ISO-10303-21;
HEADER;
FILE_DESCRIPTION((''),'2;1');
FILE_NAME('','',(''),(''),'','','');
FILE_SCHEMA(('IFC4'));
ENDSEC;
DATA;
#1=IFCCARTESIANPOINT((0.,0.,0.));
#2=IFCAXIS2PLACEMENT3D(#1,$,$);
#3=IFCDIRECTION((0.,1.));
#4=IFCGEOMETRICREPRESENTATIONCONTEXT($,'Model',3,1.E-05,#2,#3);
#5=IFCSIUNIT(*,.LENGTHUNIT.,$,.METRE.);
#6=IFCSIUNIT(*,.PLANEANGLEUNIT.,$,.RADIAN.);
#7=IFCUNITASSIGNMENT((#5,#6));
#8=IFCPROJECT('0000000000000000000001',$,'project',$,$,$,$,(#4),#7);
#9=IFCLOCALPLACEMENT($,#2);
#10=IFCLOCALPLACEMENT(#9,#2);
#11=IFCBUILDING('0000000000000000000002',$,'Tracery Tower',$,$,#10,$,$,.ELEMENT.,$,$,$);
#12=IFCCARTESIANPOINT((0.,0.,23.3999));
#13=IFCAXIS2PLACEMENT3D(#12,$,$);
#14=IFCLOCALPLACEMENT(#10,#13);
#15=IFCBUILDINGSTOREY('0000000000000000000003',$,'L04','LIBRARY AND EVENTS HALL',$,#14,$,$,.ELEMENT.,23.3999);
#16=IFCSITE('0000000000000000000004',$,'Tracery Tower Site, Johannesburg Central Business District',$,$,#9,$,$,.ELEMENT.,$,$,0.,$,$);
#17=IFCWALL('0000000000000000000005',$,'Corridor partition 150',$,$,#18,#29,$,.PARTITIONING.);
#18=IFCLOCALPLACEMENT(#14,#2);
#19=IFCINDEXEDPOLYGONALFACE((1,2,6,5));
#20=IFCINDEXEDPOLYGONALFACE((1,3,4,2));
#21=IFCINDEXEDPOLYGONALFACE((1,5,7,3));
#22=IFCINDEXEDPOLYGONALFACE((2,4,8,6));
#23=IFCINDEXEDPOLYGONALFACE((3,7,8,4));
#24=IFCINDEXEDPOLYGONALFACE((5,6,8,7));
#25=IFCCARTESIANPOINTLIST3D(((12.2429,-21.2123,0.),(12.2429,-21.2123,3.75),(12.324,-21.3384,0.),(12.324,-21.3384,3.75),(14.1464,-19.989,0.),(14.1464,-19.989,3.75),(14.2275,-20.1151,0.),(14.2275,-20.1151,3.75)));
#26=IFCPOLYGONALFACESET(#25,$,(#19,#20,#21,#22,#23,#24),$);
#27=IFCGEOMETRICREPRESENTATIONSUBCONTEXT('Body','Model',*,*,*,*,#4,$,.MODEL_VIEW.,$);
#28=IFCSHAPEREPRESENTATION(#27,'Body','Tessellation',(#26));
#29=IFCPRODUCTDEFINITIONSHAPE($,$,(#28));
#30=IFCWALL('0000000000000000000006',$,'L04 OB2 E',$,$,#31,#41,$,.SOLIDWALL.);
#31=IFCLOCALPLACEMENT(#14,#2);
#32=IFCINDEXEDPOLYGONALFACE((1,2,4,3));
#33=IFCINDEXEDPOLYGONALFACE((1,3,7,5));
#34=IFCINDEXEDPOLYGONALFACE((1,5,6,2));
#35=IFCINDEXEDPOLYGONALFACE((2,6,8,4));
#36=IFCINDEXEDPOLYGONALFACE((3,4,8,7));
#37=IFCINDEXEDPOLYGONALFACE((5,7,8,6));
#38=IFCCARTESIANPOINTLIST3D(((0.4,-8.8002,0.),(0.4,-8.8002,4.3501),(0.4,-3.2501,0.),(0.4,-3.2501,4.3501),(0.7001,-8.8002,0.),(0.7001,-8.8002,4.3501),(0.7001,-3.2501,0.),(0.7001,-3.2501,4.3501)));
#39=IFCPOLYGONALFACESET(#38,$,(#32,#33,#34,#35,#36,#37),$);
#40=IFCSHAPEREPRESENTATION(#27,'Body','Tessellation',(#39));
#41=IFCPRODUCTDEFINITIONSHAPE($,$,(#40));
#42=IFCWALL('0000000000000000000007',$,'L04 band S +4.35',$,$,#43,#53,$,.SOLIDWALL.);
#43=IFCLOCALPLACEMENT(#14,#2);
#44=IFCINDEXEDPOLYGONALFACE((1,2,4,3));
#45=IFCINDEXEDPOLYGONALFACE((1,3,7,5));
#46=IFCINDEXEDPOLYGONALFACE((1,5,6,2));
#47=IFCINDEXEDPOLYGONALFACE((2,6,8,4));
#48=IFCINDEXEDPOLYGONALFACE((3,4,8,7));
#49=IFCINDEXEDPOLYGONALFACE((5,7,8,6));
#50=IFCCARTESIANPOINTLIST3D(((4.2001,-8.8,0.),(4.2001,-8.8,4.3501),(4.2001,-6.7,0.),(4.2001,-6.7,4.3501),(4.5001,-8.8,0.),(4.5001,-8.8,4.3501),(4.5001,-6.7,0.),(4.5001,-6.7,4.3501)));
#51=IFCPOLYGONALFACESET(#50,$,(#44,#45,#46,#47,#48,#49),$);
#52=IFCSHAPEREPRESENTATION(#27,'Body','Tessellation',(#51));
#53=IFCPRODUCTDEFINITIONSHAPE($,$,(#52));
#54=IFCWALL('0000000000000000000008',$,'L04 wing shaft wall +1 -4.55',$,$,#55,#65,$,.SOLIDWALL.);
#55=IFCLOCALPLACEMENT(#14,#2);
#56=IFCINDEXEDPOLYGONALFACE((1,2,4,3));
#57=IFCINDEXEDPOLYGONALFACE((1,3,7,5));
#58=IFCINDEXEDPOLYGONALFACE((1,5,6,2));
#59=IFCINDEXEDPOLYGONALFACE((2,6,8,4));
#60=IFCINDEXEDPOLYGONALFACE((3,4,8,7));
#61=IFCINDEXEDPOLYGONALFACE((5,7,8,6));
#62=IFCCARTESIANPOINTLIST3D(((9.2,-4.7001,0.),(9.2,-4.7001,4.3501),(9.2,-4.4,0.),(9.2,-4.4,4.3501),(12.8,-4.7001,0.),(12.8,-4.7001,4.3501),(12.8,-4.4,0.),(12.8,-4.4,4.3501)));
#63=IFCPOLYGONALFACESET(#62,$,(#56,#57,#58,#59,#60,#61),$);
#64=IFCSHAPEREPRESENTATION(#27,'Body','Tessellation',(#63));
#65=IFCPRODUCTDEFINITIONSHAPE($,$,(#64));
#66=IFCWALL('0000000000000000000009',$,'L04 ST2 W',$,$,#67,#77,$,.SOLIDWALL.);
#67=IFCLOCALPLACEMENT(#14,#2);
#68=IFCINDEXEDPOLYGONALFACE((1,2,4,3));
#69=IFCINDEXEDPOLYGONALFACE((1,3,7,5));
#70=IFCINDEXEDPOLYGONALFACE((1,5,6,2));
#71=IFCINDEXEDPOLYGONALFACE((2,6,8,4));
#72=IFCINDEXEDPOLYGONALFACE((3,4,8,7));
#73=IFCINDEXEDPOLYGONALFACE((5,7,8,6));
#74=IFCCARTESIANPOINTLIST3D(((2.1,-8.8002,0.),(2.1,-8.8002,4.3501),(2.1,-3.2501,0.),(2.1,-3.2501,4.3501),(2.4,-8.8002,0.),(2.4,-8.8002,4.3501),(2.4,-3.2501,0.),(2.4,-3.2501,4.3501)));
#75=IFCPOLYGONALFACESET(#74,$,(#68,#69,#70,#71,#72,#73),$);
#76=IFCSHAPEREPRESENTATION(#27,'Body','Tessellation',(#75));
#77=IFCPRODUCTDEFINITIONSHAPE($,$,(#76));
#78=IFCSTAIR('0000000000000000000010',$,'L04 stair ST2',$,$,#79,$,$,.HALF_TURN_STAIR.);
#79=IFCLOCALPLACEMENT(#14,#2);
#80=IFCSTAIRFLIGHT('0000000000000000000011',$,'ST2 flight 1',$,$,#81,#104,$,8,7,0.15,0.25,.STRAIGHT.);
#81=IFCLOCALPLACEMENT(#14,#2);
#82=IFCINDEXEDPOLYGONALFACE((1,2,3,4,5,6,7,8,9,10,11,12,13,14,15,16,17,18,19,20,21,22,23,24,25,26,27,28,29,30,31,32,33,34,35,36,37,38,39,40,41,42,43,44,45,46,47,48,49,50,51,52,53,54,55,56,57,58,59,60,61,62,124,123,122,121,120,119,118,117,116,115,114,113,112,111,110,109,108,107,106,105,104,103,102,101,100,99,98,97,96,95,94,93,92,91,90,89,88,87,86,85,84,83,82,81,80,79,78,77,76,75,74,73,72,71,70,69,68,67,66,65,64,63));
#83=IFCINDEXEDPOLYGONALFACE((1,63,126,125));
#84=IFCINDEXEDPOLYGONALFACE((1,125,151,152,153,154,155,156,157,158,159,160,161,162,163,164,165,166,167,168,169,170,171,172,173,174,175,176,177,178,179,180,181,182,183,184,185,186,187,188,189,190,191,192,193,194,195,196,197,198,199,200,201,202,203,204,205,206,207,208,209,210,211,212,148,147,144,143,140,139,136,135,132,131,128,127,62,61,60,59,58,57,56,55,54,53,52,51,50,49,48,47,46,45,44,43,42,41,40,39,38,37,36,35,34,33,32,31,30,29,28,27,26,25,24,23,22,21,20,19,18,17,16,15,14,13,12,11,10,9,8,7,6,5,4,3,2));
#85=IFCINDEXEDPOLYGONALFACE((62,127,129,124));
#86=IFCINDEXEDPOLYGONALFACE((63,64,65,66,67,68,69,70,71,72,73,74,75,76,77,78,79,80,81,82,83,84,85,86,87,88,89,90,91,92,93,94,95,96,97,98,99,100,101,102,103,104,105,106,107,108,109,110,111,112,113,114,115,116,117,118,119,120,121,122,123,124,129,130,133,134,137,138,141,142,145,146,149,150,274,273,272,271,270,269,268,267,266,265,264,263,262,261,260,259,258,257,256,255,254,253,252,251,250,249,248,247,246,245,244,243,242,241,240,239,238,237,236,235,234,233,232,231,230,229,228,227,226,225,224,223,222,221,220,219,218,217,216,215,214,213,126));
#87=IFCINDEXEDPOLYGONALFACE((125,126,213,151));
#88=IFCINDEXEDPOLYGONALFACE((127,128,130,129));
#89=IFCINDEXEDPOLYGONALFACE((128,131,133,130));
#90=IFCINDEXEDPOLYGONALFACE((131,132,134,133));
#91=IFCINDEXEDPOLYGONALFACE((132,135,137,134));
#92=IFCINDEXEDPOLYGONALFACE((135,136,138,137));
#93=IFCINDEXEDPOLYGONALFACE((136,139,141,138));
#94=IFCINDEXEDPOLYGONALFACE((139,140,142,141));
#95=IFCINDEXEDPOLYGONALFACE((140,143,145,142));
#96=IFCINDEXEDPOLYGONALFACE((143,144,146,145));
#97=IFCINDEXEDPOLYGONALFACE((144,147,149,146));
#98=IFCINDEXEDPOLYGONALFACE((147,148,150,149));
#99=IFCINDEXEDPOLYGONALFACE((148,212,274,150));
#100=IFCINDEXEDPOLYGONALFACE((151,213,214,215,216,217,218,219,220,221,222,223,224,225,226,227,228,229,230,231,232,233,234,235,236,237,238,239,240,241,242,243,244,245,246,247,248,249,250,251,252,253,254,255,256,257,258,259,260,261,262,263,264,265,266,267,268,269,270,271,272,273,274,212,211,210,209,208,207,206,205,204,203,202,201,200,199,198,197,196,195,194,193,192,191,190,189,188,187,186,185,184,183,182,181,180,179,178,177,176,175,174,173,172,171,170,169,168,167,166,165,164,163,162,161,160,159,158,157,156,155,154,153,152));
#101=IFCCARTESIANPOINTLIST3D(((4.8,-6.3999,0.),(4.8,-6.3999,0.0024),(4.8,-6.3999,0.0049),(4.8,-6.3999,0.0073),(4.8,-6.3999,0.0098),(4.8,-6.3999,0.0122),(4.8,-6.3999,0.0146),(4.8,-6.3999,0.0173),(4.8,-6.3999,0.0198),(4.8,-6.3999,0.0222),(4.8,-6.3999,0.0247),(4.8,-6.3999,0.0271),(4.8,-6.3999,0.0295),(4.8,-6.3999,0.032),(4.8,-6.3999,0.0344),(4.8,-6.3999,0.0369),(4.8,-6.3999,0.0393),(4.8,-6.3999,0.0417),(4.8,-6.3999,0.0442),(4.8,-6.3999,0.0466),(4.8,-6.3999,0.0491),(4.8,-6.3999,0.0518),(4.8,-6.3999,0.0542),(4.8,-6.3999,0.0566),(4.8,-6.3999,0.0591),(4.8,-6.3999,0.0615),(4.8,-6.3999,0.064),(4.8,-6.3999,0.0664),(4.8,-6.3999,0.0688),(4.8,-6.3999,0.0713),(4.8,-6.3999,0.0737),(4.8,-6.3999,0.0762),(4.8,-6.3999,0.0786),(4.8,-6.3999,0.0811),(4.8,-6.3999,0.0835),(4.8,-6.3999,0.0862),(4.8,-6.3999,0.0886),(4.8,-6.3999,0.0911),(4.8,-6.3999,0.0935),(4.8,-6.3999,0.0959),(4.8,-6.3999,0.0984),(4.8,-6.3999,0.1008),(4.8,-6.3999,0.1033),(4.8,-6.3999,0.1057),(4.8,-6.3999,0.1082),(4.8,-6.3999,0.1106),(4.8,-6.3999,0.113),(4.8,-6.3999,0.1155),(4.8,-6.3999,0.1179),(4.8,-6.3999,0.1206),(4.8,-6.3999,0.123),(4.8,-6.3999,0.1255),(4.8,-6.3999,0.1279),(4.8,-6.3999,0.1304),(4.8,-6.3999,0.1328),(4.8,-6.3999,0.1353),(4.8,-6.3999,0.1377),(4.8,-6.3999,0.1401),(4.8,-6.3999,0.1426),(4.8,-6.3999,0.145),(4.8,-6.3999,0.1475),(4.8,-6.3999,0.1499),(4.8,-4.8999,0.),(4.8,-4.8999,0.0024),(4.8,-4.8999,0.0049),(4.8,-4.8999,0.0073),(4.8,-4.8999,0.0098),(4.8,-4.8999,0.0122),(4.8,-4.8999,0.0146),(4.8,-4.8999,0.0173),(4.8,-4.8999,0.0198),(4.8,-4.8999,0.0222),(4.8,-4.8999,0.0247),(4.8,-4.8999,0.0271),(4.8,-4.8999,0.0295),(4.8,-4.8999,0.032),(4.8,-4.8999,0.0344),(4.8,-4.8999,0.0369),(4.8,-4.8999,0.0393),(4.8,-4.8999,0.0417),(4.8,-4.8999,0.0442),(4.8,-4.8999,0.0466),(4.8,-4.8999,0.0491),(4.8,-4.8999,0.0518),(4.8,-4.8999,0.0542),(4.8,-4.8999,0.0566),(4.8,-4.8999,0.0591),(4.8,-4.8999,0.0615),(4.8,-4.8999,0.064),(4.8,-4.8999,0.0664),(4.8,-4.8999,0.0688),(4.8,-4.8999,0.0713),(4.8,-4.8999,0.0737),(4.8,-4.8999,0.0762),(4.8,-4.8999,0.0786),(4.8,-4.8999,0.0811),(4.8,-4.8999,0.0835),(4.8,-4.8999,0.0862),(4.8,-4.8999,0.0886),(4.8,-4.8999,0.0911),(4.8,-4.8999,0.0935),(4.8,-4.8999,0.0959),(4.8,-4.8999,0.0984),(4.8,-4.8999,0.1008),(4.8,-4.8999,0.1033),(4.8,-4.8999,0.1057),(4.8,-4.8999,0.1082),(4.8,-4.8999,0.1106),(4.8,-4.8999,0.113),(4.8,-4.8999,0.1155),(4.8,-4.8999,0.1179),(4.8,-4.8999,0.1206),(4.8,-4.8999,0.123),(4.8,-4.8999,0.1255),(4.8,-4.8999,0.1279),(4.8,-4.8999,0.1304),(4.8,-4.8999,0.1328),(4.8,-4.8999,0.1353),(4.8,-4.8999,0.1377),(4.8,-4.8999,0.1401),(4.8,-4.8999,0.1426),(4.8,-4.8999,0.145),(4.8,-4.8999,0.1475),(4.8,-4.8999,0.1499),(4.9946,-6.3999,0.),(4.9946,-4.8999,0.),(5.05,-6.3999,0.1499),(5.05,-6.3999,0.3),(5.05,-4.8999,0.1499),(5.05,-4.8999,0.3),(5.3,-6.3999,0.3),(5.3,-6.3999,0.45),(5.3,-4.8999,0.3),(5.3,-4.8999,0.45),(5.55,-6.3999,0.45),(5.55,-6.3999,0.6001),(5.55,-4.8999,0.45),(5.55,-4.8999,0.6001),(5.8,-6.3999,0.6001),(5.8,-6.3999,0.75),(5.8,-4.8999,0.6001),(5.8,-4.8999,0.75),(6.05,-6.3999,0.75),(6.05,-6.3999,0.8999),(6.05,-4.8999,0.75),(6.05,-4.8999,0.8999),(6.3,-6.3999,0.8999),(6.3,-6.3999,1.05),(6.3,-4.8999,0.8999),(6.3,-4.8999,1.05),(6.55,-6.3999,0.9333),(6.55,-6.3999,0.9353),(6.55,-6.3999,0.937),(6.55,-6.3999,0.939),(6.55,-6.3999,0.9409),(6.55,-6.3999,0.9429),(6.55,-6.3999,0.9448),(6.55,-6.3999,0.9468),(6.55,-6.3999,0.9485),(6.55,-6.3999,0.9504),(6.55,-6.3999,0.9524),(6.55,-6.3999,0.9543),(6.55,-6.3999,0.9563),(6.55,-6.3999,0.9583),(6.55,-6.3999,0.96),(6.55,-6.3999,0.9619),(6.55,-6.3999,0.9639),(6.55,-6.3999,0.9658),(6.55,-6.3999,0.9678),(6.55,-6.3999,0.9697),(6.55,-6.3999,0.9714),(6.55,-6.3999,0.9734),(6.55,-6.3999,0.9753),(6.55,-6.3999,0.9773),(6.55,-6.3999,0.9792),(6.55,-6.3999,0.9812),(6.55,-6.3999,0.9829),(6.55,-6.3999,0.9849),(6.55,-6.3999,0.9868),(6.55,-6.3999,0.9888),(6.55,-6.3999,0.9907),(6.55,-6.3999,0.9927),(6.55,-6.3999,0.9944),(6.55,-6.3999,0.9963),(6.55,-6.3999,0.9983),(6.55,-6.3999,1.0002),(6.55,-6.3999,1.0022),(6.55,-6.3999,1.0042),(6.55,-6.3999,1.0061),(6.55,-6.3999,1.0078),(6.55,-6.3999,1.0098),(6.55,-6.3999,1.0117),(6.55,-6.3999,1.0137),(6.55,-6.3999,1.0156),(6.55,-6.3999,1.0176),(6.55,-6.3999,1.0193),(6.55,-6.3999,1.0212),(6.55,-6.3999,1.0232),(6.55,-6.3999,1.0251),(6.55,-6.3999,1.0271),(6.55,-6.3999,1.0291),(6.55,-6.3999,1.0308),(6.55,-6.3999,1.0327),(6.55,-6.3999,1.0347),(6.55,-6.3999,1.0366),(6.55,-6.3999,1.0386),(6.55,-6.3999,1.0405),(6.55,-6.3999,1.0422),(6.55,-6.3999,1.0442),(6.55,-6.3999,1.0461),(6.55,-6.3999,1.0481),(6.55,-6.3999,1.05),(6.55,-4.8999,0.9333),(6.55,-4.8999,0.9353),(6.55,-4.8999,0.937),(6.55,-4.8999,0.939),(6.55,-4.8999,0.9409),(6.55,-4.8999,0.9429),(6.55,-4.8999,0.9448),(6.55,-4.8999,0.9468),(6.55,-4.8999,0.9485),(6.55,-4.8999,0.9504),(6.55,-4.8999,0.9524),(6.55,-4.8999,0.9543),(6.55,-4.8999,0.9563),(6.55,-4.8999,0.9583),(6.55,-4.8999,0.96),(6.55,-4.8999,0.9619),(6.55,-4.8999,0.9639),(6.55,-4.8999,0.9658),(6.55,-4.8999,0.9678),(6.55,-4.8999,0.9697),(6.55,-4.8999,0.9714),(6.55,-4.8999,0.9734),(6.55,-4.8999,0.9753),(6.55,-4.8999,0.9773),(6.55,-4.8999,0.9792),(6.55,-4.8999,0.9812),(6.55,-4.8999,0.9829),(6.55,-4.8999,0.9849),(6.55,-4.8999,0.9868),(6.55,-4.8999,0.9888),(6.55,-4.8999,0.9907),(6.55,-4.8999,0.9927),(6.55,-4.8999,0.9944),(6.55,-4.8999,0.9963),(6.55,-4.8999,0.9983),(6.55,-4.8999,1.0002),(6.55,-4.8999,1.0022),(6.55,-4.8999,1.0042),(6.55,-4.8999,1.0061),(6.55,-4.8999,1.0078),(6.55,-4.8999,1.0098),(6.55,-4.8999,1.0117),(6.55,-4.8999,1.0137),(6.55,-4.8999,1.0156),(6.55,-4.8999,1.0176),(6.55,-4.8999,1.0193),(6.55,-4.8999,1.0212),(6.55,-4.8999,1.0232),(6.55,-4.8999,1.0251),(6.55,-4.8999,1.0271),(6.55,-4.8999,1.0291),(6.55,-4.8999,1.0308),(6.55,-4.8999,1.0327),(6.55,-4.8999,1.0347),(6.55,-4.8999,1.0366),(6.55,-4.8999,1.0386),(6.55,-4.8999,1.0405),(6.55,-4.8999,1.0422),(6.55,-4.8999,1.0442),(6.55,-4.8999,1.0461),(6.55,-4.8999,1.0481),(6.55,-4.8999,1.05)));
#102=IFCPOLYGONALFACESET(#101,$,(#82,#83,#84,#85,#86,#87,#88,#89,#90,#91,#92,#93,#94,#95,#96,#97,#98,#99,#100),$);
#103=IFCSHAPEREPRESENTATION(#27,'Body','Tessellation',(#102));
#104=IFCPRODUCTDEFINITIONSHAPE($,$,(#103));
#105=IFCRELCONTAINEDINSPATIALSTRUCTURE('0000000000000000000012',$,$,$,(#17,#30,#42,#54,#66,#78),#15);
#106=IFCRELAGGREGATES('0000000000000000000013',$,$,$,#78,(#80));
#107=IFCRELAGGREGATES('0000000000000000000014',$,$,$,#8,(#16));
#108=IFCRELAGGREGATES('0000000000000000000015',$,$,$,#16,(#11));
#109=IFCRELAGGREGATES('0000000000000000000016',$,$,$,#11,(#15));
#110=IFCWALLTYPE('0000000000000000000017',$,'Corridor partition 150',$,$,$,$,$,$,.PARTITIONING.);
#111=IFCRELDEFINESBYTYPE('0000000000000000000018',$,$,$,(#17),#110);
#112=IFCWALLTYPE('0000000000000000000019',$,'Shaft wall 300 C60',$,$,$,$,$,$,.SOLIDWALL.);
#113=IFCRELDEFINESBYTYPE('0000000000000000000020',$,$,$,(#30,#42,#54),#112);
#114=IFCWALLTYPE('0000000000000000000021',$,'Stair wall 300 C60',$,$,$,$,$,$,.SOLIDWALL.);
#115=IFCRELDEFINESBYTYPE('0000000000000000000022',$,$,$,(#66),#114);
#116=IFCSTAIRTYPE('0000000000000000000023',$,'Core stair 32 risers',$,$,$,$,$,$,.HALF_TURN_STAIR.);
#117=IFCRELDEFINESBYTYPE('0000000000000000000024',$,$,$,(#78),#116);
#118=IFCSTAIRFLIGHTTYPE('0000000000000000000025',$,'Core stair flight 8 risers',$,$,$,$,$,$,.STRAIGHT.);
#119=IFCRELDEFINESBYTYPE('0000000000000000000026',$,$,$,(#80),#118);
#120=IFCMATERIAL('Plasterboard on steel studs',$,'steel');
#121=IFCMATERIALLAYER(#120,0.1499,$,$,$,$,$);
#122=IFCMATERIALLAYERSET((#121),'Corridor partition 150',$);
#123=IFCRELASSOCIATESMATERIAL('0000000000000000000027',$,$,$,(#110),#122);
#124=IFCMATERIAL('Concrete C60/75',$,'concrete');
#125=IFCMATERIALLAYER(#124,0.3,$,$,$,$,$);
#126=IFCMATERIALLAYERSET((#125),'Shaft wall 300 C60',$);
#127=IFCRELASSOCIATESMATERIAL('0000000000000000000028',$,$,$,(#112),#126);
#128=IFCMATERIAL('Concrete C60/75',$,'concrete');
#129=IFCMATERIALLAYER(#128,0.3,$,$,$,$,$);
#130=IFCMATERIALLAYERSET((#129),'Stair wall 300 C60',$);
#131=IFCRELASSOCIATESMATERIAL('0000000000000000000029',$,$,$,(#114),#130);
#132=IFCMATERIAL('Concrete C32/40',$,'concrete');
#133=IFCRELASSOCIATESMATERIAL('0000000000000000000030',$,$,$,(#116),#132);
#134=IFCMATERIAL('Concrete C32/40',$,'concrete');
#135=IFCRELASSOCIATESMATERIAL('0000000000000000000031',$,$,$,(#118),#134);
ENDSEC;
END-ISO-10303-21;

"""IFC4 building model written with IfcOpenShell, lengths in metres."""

from ifc_helpers import new_model, si_unit, direction, frame, frame_2d, origin, place, context, subcontext, project, spatial, polyline, rectangle, outline, extrude, material, layer, layer_set, type_object, element, aggregate, save


model = new_model("IFC4")

# Units and contexts
model_context = context("Model", 3, precision=1e-05, world=origin(), true_north=direction((0.0, 1.0)))
body_context = subcontext(model_context, "Body", "Model", "MODEL_VIEW")
ifc_project = project(units=[si_unit("LENGTHUNIT", "METRE"), si_unit("PLANEANGLEUNIT", "RADIAN")], contexts=[model_context])

# Site, building, storey
site_placement = place(None, origin())
site = spatial("IfcSite", under=ifc_project, at=site_placement, Name="Tracery Tower Site, Johannesburg Central Business District", CompositionType="ELEMENT", RefElevation=0.0)
building_placement = place(site_placement, origin())
building = spatial("IfcBuilding", under=site, at=building_placement, Name="Tracery Tower", CompositionType="ELEMENT")
storey_placement = place(building_placement, frame((0.0, 0.0, 23.3999)))
storey = spatial("IfcBuildingStorey", under=building, at=storey_placement, Name="L04", Description="LIBRARY AND EVENTS HALL", CompositionType="ELEMENT", Elevation=23.3999)

# Walls
ifc_material_1 = material(Name="Plasterboard on steel studs", Category="steel")
ifc_layer_1 = layer(ifc_material_1, 0.1499)
ifc_layer_set_1 = layer_set([ifc_layer_1], Name="Corridor partition 150")
wall_type_1 = type_object("IfcWallType", Name="Corridor partition 150", PredefinedType="PARTITIONING", material=ifc_layer_set_1)
wall_1_placement = place(storey_placement, frame((12.2834, -21.2754, 0.0), z_axis=(0.0, 0.0, 1.0), x_axis=(0.841245, 0.540654, 0.0)))
element("IfcWall", 1, at=wall_1_placement, inside=storey, type_object=wall_type_1, Name="Corridor partition 150", PredefinedType="PARTITIONING", context=body_context, shape_type="SweptSolid", body=[
    extrude(rectangle(XDim=2.2627, YDim=0.1499, at=frame_2d((1.1313, 0.0))), origin(), (0.0, 0.0, 1.0), 3.75),
])
ifc_material_2 = material(Name="Concrete C60/75", Category="concrete")
ifc_layer_2 = layer(ifc_material_2, 0.3)
ifc_layer_set_2 = layer_set([ifc_layer_2], Name="Shaft wall 300 C60")
wall_type_2 = type_object("IfcWallType", Name="Shaft wall 300 C60", PredefinedType="SOLIDWALL", material=ifc_layer_set_2)
wall_2_placement = place(storey_placement, frame((0.55, -8.8, 0.0), z_axis=(0.0, 0.0, 1.0), x_axis=(0.0, 1.0, 0.0)))
element("IfcWall", 2, at=wall_2_placement, inside=storey, type_object=wall_type_2, Name="L04 OB2 E", PredefinedType="SOLIDWALL", context=body_context, shape_type="SweptSolid", body=[
    extrude(rectangle(XDim=5.55, YDim=0.3, at=frame_2d((2.7749, 0.0))), origin(), (0.0, 0.0, 1.0), 4.3501),
])
wall_3_placement = place(storey_placement, frame((4.3501, -8.8, 0.0), z_axis=(0.0, 0.0, 1.0), x_axis=(0.0, 1.0, 0.0)))
element("IfcWall", 3, at=wall_3_placement, inside=storey, type_object=wall_type_2, Name="L04 band S +4.35", PredefinedType="SOLIDWALL", context=body_context, shape_type="SweptSolid", body=[
    extrude(rectangle(XDim=2.1001, YDim=0.3, at=frame_2d((1.05, 0.0))), origin(), (0.0, 0.0, 1.0), 4.3501),
])
wall_4_placement = place(storey_placement, frame((9.2, -4.55, 0.0), z_axis=(0.0, 0.0, 1.0), x_axis=(1.0, 0.0, 0.0)))
element("IfcWall", 4, at=wall_4_placement, inside=storey, type_object=wall_type_2, Name="L04 wing shaft wall +1 -4.55", PredefinedType="SOLIDWALL", context=body_context, shape_type="SweptSolid", body=[
    extrude(rectangle(XDim=3.6001, YDim=0.3, at=frame_2d((1.8, 0.0))), origin(), (0.0, 0.0, 1.0), 4.3501),
])

# Shared definitions
ifc_material_3 = material(Name="Concrete C60/75", Category="concrete")
ifc_layer_3 = layer(ifc_material_3, 0.3)
ifc_layer_set_3 = layer_set([ifc_layer_3], Name="Stair wall 300 C60")
wall_type_3 = type_object("IfcWallType", Name="Stair wall 300 C60", PredefinedType="SOLIDWALL", material=ifc_layer_set_3)

# Wall
wall_5_placement = place(storey_placement, frame((2.25, -8.8, 0.0), z_axis=(0.0, 0.0, 1.0), x_axis=(0.0, 1.0, 0.0)))
element("IfcWall", 5, at=wall_5_placement, inside=storey, type_object=wall_type_3, Name="L04 ST2 W", PredefinedType="SOLIDWALL", context=body_context, shape_type="SweptSolid", body=[
    extrude(rectangle(XDim=5.55, YDim=0.3, at=frame_2d((2.7749, 0.0))), origin(), (0.0, 0.0, 1.0), 4.3501),
])

# Stair, stair flight
ifc_material_4 = material(Name="Concrete C32/40", Category="concrete")
stair_type = type_object("IfcStairType", Name="Core stair 32 risers", PredefinedType="HALF_TURN_STAIR", material=ifc_material_4)
stair_placement = place(storey_placement, origin())
stair = element("IfcStair", 6, at=stair_placement, inside=storey, type_object=stair_type, Name="L04 stair ST2", PredefinedType="HALF_TURN_STAIR")
ifc_material_5 = material(Name="Concrete C32/40", Category="concrete")
stair_flight_type = type_object("IfcStairFlightType", Name="Core stair flight 8 risers", PredefinedType="STRAIGHT", material=ifc_material_5)
stair_flight_1_placement = place(storey_placement, frame((4.8, -5.6499, 0.0), z_axis=(0.0, 0.0, 1.0), x_axis=(1.0, 0.0, 0.0)))
stair_flight_1 = element("IfcStairFlight", 7, at=stair_flight_1_placement, type_object=stair_flight_type, Name="ST2 flight 1", NumberOfRisers=8, NumberOfTreads=7, PredefinedType="STRAIGHT", RiserHeight=0.15, TreadLength=0.25, context=body_context, shape_type="SweptSolid", body=[
    extrude(outline(polyline([(0.0, 0.0), (0.0, 0.0024), (0.0, 0.0049), (0.0, 0.0073), (0.0, 0.0098), (0.0, 0.0122), (0.0, 0.0146), (0.0, 0.0173), (0.0, 0.0198), (0.0, 0.0222), (0.0, 0.0247), (0.0, 0.0271), (0.0, 0.0295), (0.0, 0.032), (0.0, 0.0344), (0.0, 0.0369), (0.0, 0.0393), (0.0, 0.0417), (0.0, 0.0442), (0.0, 0.0466), (0.0, 0.0491), (0.0, 0.0518), (0.0, 0.0542), (0.0, 0.0566), (0.0, 0.0591), (0.0, 0.0615), (0.0, 0.064), (0.0, 0.0664), (0.0, 0.0688), (0.0, 0.0713), (0.0, 0.0737), (0.0, 0.0762), (0.0, 0.0786), (0.0, 0.0811), (0.0, 0.0835), (0.0, 0.0862), (0.0, 0.0886), (0.0, 0.0911), (0.0, 0.0935), (0.0, 0.0959), (0.0, 0.0984), (0.0, 0.1008), (0.0, 0.1033), (0.0, 0.1057), (0.0, 0.1082), (0.0, 0.1106), (0.0, 0.113), (0.0, 0.1155), (0.0, 0.1179), (0.0, 0.1206), (0.0, 0.123), (0.0, 0.1255), (0.0, 0.1279), (0.0, 0.1304), (0.0, 0.1328), (0.0, 0.1353), (0.0, 0.1377), (0.0, 0.1401), (0.0, 0.1426), (0.0, 0.145), (0.0, 0.1475), (0.0, 0.1499), (0.25, 0.1499), (0.25, 0.3), (0.5, 0.3), (0.5, 0.45), (0.75, 0.45), (0.75, 0.6001), (1.0, 0.6001), (1.0, 0.75), (1.25, 0.75), (1.25, 0.8999), (1.5, 0.8999), (1.5, 1.05), (1.75, 1.05), (1.75, 1.0481), (1.75, 1.0461), (1.75, 1.0442), (1.75, 1.0422), (1.75, 1.0405), (1.75, 1.0386), (1.75, 1.0366), (1.75, 1.0347), (1.75, 1.0327), (1.75, 1.0308), (1.75, 1.0291), (1.75, 1.0271), (1.75, 1.0251), (1.75, 1.0232), (1.75, 1.0212), (1.75, 1.0193), (1.75, 1.0176), (1.75, 1.0156), (1.75, 1.0137), (1.75, 1.0117), (1.75, 1.0098), (1.75, 1.0078), (1.75, 1.0061), (1.75, 1.0042), (1.75, 1.0022), (1.75, 1.0002), (1.75, 0.9983), (1.75, 0.9963), (1.75, 0.9944), (1.75, 0.9927), (1.75, 0.9907), (1.75, 0.9888), (1.75, 0.9868), (1.75, 0.9849), (1.75, 0.9829), (1.75, 0.9812), (1.75, 0.9792), (1.75, 0.9773), (1.75, 0.9753), (1.75, 0.9734), (1.75, 0.9714), (1.75, 0.9697), (1.75, 0.9678), (1.75, 0.9658), (1.75, 0.9639), (1.75, 0.9619), (1.75, 0.96), (1.75, 0.9583), (1.75, 0.9563), (1.75, 0.9543), (1.75, 0.9524), (1.75, 0.9504), (1.75, 0.9485), (1.75, 0.9468), (1.75, 0.9448), (1.75, 0.9429), (1.75, 0.9409), (1.75, 0.939), (1.75, 0.937), (1.75, 0.9353), (1.75, 0.9333), (0.1946, 0.0), (0.0, 0.0)])), frame((0.0, 0.75, 0.0), z_axis=(0.0, -1.0, 0.0), x_axis=(1.0, 0.0, 0.0)), (0.0, 0.0, 1.0), 1.5),
])
aggregate(stair, [stair_flight_1])

save(model, "model.ifc")
